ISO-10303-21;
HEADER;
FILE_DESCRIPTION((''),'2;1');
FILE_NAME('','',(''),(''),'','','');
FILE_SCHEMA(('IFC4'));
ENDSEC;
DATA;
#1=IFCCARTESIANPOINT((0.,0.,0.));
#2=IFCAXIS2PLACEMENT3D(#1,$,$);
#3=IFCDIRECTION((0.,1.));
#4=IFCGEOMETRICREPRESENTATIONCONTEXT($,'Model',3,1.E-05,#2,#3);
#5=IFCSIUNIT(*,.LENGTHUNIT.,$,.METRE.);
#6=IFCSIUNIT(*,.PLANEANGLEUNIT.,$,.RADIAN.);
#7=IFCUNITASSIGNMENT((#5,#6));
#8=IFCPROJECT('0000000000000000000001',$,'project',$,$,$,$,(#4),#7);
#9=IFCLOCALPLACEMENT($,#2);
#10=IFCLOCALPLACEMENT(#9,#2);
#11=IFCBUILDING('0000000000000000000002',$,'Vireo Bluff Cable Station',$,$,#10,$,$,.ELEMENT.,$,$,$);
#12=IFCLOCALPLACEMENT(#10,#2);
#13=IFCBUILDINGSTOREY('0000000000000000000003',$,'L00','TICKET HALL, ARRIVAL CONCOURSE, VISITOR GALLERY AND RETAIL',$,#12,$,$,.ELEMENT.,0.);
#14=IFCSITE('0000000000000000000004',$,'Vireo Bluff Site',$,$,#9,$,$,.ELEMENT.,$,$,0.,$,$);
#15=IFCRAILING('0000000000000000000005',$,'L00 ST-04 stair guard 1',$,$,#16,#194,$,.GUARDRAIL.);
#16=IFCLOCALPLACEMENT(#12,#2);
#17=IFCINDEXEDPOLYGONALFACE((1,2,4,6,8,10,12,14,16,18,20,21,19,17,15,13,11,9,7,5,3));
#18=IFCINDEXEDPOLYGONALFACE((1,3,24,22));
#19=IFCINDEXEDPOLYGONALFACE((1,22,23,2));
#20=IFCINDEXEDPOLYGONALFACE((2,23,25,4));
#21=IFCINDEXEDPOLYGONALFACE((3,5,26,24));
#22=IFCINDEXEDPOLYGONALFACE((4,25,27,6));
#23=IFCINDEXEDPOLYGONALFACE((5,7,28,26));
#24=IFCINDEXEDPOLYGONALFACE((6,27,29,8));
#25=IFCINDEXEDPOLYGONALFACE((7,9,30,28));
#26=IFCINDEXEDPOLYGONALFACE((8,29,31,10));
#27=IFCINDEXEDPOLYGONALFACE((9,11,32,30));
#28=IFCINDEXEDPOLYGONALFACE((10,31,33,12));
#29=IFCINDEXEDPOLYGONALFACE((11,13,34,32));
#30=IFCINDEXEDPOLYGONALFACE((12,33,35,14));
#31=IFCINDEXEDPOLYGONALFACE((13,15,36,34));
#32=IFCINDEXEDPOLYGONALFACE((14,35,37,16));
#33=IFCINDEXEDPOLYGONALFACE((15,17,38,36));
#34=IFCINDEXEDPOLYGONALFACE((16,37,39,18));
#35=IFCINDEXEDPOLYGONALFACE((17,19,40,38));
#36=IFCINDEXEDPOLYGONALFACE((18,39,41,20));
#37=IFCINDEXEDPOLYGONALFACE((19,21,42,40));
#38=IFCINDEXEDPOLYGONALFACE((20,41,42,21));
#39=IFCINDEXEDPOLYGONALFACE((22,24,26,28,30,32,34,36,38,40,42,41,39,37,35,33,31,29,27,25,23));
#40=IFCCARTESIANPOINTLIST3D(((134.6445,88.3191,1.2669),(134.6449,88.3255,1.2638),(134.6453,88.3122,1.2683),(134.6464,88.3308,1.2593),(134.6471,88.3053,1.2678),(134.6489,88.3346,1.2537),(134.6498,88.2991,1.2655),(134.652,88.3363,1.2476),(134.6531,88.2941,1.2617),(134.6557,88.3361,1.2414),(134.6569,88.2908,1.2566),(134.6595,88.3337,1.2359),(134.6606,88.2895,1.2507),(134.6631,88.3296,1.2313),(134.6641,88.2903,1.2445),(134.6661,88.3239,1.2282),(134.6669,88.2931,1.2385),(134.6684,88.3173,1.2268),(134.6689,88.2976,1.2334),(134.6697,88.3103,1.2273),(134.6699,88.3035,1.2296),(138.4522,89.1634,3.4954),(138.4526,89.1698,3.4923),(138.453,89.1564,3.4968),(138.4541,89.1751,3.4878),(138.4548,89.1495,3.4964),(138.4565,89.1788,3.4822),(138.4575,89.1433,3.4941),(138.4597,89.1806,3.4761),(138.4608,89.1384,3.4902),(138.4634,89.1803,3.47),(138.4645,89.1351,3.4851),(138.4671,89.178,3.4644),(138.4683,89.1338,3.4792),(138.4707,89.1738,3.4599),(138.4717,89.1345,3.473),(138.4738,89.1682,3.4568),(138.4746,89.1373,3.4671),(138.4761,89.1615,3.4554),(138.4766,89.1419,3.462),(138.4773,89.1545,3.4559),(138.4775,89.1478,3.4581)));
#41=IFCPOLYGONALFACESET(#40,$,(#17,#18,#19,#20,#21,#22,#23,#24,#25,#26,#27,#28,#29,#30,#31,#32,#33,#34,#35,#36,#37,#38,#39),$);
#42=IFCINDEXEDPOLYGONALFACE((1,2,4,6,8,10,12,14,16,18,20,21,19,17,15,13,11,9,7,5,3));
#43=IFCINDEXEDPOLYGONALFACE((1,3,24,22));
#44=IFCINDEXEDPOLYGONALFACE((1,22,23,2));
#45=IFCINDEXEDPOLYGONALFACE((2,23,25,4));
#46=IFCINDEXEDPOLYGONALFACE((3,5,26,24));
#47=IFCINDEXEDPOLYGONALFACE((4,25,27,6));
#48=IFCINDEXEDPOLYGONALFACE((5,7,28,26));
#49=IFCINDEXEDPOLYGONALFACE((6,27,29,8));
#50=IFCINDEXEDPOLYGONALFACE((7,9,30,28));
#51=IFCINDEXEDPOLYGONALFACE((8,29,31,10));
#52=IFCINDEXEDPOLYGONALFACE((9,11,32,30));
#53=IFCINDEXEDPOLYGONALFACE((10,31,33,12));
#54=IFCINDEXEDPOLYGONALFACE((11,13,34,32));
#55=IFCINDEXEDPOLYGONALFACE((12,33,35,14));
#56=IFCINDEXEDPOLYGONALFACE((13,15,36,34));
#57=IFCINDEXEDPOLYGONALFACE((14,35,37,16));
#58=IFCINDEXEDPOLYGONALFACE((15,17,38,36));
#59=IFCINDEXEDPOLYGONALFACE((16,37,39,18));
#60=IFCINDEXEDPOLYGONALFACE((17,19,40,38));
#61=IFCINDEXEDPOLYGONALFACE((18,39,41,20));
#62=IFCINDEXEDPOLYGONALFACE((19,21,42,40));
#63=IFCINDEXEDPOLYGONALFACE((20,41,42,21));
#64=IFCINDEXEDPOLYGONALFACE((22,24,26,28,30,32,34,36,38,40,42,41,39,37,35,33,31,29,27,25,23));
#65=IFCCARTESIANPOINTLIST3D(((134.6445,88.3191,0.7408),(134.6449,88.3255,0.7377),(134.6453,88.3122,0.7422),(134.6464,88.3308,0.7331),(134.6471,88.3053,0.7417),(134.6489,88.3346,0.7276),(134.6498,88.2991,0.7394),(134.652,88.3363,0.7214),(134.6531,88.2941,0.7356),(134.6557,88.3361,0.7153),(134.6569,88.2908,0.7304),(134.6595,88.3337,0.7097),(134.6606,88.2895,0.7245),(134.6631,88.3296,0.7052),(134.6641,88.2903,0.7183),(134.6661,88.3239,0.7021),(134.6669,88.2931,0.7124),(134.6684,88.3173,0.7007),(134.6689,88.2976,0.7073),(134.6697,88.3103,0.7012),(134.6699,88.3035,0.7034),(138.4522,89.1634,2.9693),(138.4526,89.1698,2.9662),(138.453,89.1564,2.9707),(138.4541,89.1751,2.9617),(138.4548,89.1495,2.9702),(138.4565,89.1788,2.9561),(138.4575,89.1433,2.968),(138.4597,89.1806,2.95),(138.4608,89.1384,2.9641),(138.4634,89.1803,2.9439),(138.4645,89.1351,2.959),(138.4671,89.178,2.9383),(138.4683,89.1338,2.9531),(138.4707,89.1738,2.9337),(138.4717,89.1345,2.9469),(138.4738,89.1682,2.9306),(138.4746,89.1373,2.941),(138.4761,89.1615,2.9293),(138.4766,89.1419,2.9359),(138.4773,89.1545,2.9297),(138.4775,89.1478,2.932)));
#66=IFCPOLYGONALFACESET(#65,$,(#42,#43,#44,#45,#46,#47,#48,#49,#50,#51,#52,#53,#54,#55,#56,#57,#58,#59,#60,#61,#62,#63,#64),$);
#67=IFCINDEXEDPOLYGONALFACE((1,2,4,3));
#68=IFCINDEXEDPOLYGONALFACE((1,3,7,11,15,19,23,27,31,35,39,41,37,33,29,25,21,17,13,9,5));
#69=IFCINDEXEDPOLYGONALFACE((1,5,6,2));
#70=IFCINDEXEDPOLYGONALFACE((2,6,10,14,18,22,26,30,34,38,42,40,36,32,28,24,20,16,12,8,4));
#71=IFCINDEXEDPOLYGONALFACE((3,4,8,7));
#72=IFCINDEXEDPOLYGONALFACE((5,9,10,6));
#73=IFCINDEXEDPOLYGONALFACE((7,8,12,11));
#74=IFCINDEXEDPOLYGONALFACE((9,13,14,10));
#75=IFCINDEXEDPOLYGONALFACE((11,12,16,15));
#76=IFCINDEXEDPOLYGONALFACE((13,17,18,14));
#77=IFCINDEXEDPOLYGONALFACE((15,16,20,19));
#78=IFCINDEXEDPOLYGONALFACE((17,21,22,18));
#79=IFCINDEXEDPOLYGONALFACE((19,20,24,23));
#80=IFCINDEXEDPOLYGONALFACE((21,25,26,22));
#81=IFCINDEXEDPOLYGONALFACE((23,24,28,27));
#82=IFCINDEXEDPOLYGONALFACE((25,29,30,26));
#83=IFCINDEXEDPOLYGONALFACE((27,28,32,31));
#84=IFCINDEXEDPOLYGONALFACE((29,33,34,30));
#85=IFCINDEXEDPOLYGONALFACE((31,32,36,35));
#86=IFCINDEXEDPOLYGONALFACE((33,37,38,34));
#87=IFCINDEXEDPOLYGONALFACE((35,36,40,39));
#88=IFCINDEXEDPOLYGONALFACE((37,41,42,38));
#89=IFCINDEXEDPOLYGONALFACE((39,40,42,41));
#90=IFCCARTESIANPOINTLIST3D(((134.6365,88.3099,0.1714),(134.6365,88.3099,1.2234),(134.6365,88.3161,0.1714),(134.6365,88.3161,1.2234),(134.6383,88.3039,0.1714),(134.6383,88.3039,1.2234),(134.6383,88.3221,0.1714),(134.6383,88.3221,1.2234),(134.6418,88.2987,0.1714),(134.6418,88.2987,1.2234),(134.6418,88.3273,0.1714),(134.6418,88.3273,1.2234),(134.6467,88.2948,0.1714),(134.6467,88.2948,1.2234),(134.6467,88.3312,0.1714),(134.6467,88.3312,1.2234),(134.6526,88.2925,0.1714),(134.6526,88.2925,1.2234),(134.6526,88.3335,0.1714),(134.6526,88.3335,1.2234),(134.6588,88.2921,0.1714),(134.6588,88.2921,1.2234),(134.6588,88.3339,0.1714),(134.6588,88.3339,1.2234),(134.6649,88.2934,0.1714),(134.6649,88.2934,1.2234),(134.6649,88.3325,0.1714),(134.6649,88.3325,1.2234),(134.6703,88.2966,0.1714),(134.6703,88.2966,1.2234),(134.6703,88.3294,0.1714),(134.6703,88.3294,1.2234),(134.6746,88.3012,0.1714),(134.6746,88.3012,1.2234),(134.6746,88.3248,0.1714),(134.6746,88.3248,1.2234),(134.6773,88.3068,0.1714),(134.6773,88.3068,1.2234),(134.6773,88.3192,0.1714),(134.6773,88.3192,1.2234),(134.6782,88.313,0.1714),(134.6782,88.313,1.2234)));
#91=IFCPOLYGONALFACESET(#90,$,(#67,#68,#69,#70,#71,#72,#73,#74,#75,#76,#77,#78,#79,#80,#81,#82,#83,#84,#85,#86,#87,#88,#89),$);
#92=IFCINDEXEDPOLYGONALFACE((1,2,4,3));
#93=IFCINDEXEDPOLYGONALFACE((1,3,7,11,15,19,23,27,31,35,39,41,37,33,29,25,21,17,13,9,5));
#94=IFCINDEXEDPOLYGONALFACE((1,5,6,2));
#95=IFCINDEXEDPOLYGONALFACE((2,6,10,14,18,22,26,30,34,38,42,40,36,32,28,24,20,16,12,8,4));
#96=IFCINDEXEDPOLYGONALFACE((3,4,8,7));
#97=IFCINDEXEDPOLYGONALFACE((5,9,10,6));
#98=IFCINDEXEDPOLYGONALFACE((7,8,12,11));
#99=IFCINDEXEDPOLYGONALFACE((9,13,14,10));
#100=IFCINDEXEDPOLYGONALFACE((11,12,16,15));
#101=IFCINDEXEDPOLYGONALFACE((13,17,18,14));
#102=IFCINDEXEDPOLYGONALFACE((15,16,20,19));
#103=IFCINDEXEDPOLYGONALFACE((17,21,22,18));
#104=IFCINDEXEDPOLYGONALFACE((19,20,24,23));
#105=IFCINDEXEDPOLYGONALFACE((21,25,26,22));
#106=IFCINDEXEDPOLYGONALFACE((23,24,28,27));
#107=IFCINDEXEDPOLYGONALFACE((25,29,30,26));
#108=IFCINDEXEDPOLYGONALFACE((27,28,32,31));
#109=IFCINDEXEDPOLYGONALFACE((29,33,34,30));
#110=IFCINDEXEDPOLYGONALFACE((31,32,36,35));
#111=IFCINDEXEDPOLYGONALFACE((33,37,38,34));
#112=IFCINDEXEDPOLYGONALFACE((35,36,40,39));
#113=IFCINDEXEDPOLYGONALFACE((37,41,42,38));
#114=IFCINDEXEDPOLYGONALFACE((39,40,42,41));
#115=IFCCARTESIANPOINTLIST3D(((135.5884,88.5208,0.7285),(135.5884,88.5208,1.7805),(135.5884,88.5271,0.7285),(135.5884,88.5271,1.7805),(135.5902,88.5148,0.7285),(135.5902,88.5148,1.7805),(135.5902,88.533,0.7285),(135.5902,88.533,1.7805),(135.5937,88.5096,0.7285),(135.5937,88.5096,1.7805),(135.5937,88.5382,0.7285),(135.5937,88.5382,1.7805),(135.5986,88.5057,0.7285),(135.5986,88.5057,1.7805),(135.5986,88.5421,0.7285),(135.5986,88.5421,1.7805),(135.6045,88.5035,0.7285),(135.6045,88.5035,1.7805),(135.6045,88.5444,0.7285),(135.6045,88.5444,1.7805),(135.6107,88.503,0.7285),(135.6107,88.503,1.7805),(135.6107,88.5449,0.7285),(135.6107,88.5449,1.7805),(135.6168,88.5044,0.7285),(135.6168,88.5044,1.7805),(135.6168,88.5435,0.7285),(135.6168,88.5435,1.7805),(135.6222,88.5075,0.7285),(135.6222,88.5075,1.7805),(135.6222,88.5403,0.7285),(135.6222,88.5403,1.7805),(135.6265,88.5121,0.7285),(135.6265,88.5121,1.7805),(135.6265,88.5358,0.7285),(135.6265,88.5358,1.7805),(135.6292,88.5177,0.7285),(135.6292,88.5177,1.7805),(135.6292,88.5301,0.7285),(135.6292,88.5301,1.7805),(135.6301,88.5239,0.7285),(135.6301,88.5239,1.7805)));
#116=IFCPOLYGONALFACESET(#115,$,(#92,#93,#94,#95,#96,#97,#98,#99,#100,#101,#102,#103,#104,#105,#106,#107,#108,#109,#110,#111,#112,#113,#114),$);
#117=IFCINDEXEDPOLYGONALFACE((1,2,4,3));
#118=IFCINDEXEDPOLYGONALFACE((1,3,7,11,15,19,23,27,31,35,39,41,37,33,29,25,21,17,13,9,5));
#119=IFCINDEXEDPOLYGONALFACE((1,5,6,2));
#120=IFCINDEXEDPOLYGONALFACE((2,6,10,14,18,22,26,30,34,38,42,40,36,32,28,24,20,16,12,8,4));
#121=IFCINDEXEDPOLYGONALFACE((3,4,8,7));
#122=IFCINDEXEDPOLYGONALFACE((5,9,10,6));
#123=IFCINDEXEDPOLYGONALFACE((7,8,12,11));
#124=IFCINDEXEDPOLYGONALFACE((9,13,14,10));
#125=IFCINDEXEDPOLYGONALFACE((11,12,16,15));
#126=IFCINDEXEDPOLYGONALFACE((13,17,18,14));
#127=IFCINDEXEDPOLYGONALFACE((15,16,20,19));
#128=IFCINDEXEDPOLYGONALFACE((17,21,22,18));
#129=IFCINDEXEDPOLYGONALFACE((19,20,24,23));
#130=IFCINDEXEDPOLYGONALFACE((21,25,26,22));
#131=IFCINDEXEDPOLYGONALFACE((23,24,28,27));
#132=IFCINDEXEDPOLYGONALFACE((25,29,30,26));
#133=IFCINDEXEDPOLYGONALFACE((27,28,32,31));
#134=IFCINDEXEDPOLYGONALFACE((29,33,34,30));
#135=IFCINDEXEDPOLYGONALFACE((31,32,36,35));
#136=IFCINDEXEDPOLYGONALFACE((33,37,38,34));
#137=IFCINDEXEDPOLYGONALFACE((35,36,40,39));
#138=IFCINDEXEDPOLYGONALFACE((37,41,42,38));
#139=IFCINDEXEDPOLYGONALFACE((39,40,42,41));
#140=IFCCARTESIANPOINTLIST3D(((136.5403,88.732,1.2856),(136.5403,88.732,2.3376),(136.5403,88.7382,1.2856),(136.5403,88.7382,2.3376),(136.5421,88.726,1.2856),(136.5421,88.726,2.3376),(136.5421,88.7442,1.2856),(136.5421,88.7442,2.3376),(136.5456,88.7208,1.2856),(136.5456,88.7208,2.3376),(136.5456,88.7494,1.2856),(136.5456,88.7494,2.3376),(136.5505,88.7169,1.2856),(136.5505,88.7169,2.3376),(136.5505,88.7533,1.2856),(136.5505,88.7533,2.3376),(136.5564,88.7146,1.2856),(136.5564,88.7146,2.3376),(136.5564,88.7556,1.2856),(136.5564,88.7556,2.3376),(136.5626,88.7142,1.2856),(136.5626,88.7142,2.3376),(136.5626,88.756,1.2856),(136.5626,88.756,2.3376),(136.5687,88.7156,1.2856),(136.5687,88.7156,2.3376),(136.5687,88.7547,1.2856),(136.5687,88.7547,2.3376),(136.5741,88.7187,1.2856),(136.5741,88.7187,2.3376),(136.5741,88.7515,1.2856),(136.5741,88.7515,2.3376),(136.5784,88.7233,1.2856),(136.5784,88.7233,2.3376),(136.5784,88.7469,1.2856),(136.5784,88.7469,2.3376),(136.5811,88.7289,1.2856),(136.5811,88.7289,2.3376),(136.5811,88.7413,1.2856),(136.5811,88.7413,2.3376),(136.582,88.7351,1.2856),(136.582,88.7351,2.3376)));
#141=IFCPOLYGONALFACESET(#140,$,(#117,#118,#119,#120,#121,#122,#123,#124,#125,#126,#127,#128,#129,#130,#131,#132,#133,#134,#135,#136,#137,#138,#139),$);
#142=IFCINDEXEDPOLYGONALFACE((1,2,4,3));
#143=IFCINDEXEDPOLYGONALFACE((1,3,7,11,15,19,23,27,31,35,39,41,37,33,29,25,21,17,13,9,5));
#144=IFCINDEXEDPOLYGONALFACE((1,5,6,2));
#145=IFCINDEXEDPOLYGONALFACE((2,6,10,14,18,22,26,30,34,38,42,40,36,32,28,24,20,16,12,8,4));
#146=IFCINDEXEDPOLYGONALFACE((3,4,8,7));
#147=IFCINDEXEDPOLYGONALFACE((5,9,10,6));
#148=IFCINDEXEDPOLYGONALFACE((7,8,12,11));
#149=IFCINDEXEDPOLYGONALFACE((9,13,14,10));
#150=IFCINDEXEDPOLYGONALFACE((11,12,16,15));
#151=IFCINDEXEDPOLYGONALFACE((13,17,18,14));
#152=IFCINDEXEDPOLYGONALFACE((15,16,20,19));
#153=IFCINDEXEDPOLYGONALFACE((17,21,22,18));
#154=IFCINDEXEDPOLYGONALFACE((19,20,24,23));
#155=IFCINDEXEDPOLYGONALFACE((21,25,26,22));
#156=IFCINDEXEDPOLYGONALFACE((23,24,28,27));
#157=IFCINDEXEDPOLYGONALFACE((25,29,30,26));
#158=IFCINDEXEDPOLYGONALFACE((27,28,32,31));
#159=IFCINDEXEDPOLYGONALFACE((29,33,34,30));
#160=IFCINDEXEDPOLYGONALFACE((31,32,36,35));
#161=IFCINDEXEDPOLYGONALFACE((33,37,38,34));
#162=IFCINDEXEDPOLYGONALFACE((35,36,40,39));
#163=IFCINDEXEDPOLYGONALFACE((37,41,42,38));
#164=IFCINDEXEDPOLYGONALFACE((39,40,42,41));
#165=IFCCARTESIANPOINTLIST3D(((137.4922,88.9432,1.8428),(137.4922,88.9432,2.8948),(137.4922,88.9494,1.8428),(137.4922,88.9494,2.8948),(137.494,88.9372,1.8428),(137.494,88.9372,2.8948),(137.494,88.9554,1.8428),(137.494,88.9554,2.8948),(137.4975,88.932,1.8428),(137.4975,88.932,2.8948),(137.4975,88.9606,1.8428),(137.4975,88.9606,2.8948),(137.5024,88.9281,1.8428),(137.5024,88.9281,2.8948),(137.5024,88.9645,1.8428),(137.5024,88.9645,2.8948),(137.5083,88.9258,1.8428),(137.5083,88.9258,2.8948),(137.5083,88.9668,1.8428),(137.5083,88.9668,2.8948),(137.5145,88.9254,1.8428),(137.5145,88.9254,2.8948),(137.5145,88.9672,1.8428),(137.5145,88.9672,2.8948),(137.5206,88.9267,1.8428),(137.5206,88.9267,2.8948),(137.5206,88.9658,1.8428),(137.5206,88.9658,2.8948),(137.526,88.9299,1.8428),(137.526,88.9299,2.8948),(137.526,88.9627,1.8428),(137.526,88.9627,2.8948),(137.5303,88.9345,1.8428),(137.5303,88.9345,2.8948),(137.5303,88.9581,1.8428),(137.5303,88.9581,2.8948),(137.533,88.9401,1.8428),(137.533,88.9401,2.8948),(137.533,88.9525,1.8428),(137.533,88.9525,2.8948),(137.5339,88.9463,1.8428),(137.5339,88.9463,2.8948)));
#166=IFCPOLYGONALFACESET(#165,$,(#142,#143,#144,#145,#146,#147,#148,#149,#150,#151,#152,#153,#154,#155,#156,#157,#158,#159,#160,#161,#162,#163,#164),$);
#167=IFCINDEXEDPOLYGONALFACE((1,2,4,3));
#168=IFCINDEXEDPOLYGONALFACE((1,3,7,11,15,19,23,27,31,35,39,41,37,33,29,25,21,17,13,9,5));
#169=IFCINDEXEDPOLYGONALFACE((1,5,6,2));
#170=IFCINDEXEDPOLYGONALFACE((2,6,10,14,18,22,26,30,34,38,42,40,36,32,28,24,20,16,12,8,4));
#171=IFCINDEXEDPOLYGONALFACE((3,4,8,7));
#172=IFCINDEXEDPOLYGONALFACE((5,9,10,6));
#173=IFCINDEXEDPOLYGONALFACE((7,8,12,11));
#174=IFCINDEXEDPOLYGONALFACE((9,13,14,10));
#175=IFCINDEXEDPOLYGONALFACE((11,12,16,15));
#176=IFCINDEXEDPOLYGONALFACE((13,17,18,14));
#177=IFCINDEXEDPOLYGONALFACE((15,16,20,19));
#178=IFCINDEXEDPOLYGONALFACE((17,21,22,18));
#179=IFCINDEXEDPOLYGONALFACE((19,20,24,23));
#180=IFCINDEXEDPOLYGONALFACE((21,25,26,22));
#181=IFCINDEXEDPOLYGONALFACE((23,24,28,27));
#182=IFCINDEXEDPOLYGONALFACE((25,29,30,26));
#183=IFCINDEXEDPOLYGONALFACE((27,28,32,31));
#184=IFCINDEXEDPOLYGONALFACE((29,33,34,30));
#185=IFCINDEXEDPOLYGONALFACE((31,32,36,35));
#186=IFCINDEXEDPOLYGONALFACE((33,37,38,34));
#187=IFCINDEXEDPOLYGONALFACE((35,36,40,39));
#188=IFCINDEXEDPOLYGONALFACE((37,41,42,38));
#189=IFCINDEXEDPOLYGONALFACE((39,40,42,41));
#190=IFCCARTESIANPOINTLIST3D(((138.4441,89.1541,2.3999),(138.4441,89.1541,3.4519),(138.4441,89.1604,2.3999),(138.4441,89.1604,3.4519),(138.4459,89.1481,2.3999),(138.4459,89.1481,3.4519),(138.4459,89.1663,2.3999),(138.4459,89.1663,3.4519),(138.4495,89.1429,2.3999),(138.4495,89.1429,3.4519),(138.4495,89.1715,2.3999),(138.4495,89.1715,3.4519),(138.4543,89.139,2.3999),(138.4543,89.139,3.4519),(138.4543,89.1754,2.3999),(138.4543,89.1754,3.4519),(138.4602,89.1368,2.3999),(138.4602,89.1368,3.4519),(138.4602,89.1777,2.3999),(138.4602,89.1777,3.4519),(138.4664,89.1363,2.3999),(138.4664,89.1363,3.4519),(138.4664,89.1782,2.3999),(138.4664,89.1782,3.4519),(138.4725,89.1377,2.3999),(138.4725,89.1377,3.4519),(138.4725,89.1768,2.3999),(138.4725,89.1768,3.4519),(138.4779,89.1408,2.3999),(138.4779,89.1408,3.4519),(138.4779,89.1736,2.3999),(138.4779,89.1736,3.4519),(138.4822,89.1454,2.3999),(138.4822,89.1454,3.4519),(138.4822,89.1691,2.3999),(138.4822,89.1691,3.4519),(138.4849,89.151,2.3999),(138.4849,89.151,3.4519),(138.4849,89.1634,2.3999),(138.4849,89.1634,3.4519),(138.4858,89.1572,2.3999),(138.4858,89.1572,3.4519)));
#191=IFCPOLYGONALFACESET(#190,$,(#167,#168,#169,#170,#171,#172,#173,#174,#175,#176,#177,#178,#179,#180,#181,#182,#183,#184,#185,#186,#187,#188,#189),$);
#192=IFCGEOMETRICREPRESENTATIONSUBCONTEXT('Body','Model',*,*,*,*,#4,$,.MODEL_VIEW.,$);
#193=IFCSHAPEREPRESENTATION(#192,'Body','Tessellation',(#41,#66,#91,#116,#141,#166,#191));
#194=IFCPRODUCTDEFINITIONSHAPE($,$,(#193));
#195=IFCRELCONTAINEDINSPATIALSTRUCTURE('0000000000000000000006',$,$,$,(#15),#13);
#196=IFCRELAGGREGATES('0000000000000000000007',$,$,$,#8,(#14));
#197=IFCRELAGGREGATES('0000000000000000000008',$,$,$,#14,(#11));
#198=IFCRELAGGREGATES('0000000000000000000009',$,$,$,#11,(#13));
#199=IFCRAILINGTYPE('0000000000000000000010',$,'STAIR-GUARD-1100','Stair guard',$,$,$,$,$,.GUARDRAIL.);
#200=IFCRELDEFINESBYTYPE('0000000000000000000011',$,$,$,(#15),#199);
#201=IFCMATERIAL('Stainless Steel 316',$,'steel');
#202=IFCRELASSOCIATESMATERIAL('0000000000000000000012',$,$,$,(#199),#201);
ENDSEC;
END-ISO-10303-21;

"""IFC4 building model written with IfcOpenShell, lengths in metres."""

from ifc_helpers import new_model, si_unit, direction, frame, origin, origin_2d, place, context, subcontext, project, spatial, circle, extrude, material, type_object, element, save


model = new_model("IFC4")

# Units and contexts
model_context = context("Model", 3, precision=1e-05, world=origin(), true_north=direction((0.0, 1.0)))
body_context = subcontext(model_context, "Body", "Model", "MODEL_VIEW")
ifc_project = project(units=[si_unit("LENGTHUNIT", "METRE"), si_unit("PLANEANGLEUNIT", "RADIAN")], contexts=[model_context])

# Site, building, storey
site_placement = place(None, origin())
site = spatial("IfcSite", under=ifc_project, at=site_placement, Name="Vireo Bluff Site", CompositionType="ELEMENT", RefElevation=0.0)
building_placement = place(site_placement, origin())
building = spatial("IfcBuilding", under=site, at=building_placement, Name="Vireo Bluff Cable Station", CompositionType="ELEMENT")
storey_placement = place(building_placement, origin())
storey = spatial("IfcBuildingStorey", under=building, at=storey_placement, Name="L00", Description="TICKET HALL, ARRIVAL CONCOURSE, VISITOR GALLERY AND RETAIL", CompositionType="ELEMENT", Elevation=0.0)

# Shared definitions
ifc_material_1 = material(Name="Stainless Steel 316", Category="steel")

# Railing
railing_type_1 = type_object("IfcRailingType", Name="STAIR-GUARD-1100", Description="Stair guard", PredefinedType="GUARDRAIL", material=ifc_material_1)
railing_1_placement = place(storey_placement, frame((134.6572, 88.313, 0.1714)))
element("IfcRailing", 1, at=railing_1_placement, inside=storey, type_object=railing_type_1, Name="L00 ST-04 stair guard 1", PredefinedType="GUARDRAIL", context=body_context, shape_type="SweptSolid", body=[
    extrude(circle(Radius=0.0239, at=origin_2d()), frame((0.0, 0.0, 1.0762), z_axis=(0.847667, 0.187948, 0.496121), x_axis=(-0.216466, 0.97629, 0.0)), (0.0, 0.0, 1.0), 4.4919),
    extrude(circle(Radius=0.0239, at=origin_2d()), frame((0.0, 0.0, 0.55), z_axis=(0.847667, 0.187948, 0.496121), x_axis=(-0.216466, 0.97629, 0.0)), (0.0, 0.0, 1.0), 4.4919),
    extrude(circle(Radius=0.021, at=origin_2d()), origin(), (0.0, 0.0, 1.0), 1.052),
    extrude(circle(Radius=0.021, at=origin_2d()), frame((0.9519, 0.2109, 0.5571)), (0.0, 0.0, 1.0), 1.052),
    extrude(circle(Radius=0.021, at=origin_2d()), frame((1.9038, 0.4221, 1.1143)), (0.0, 0.0, 1.0), 1.052),
    extrude(circle(Radius=0.021, at=origin_2d()), frame((2.8557, 0.6333, 1.6714)), (0.0, 0.0, 1.0), 1.052),
    extrude(circle(Radius=0.021, at=origin_2d()), frame((3.8076, 0.8442, 2.2285)), (0.0, 0.0, 1.0), 1.052),
])

save(model, "model.ifc")
